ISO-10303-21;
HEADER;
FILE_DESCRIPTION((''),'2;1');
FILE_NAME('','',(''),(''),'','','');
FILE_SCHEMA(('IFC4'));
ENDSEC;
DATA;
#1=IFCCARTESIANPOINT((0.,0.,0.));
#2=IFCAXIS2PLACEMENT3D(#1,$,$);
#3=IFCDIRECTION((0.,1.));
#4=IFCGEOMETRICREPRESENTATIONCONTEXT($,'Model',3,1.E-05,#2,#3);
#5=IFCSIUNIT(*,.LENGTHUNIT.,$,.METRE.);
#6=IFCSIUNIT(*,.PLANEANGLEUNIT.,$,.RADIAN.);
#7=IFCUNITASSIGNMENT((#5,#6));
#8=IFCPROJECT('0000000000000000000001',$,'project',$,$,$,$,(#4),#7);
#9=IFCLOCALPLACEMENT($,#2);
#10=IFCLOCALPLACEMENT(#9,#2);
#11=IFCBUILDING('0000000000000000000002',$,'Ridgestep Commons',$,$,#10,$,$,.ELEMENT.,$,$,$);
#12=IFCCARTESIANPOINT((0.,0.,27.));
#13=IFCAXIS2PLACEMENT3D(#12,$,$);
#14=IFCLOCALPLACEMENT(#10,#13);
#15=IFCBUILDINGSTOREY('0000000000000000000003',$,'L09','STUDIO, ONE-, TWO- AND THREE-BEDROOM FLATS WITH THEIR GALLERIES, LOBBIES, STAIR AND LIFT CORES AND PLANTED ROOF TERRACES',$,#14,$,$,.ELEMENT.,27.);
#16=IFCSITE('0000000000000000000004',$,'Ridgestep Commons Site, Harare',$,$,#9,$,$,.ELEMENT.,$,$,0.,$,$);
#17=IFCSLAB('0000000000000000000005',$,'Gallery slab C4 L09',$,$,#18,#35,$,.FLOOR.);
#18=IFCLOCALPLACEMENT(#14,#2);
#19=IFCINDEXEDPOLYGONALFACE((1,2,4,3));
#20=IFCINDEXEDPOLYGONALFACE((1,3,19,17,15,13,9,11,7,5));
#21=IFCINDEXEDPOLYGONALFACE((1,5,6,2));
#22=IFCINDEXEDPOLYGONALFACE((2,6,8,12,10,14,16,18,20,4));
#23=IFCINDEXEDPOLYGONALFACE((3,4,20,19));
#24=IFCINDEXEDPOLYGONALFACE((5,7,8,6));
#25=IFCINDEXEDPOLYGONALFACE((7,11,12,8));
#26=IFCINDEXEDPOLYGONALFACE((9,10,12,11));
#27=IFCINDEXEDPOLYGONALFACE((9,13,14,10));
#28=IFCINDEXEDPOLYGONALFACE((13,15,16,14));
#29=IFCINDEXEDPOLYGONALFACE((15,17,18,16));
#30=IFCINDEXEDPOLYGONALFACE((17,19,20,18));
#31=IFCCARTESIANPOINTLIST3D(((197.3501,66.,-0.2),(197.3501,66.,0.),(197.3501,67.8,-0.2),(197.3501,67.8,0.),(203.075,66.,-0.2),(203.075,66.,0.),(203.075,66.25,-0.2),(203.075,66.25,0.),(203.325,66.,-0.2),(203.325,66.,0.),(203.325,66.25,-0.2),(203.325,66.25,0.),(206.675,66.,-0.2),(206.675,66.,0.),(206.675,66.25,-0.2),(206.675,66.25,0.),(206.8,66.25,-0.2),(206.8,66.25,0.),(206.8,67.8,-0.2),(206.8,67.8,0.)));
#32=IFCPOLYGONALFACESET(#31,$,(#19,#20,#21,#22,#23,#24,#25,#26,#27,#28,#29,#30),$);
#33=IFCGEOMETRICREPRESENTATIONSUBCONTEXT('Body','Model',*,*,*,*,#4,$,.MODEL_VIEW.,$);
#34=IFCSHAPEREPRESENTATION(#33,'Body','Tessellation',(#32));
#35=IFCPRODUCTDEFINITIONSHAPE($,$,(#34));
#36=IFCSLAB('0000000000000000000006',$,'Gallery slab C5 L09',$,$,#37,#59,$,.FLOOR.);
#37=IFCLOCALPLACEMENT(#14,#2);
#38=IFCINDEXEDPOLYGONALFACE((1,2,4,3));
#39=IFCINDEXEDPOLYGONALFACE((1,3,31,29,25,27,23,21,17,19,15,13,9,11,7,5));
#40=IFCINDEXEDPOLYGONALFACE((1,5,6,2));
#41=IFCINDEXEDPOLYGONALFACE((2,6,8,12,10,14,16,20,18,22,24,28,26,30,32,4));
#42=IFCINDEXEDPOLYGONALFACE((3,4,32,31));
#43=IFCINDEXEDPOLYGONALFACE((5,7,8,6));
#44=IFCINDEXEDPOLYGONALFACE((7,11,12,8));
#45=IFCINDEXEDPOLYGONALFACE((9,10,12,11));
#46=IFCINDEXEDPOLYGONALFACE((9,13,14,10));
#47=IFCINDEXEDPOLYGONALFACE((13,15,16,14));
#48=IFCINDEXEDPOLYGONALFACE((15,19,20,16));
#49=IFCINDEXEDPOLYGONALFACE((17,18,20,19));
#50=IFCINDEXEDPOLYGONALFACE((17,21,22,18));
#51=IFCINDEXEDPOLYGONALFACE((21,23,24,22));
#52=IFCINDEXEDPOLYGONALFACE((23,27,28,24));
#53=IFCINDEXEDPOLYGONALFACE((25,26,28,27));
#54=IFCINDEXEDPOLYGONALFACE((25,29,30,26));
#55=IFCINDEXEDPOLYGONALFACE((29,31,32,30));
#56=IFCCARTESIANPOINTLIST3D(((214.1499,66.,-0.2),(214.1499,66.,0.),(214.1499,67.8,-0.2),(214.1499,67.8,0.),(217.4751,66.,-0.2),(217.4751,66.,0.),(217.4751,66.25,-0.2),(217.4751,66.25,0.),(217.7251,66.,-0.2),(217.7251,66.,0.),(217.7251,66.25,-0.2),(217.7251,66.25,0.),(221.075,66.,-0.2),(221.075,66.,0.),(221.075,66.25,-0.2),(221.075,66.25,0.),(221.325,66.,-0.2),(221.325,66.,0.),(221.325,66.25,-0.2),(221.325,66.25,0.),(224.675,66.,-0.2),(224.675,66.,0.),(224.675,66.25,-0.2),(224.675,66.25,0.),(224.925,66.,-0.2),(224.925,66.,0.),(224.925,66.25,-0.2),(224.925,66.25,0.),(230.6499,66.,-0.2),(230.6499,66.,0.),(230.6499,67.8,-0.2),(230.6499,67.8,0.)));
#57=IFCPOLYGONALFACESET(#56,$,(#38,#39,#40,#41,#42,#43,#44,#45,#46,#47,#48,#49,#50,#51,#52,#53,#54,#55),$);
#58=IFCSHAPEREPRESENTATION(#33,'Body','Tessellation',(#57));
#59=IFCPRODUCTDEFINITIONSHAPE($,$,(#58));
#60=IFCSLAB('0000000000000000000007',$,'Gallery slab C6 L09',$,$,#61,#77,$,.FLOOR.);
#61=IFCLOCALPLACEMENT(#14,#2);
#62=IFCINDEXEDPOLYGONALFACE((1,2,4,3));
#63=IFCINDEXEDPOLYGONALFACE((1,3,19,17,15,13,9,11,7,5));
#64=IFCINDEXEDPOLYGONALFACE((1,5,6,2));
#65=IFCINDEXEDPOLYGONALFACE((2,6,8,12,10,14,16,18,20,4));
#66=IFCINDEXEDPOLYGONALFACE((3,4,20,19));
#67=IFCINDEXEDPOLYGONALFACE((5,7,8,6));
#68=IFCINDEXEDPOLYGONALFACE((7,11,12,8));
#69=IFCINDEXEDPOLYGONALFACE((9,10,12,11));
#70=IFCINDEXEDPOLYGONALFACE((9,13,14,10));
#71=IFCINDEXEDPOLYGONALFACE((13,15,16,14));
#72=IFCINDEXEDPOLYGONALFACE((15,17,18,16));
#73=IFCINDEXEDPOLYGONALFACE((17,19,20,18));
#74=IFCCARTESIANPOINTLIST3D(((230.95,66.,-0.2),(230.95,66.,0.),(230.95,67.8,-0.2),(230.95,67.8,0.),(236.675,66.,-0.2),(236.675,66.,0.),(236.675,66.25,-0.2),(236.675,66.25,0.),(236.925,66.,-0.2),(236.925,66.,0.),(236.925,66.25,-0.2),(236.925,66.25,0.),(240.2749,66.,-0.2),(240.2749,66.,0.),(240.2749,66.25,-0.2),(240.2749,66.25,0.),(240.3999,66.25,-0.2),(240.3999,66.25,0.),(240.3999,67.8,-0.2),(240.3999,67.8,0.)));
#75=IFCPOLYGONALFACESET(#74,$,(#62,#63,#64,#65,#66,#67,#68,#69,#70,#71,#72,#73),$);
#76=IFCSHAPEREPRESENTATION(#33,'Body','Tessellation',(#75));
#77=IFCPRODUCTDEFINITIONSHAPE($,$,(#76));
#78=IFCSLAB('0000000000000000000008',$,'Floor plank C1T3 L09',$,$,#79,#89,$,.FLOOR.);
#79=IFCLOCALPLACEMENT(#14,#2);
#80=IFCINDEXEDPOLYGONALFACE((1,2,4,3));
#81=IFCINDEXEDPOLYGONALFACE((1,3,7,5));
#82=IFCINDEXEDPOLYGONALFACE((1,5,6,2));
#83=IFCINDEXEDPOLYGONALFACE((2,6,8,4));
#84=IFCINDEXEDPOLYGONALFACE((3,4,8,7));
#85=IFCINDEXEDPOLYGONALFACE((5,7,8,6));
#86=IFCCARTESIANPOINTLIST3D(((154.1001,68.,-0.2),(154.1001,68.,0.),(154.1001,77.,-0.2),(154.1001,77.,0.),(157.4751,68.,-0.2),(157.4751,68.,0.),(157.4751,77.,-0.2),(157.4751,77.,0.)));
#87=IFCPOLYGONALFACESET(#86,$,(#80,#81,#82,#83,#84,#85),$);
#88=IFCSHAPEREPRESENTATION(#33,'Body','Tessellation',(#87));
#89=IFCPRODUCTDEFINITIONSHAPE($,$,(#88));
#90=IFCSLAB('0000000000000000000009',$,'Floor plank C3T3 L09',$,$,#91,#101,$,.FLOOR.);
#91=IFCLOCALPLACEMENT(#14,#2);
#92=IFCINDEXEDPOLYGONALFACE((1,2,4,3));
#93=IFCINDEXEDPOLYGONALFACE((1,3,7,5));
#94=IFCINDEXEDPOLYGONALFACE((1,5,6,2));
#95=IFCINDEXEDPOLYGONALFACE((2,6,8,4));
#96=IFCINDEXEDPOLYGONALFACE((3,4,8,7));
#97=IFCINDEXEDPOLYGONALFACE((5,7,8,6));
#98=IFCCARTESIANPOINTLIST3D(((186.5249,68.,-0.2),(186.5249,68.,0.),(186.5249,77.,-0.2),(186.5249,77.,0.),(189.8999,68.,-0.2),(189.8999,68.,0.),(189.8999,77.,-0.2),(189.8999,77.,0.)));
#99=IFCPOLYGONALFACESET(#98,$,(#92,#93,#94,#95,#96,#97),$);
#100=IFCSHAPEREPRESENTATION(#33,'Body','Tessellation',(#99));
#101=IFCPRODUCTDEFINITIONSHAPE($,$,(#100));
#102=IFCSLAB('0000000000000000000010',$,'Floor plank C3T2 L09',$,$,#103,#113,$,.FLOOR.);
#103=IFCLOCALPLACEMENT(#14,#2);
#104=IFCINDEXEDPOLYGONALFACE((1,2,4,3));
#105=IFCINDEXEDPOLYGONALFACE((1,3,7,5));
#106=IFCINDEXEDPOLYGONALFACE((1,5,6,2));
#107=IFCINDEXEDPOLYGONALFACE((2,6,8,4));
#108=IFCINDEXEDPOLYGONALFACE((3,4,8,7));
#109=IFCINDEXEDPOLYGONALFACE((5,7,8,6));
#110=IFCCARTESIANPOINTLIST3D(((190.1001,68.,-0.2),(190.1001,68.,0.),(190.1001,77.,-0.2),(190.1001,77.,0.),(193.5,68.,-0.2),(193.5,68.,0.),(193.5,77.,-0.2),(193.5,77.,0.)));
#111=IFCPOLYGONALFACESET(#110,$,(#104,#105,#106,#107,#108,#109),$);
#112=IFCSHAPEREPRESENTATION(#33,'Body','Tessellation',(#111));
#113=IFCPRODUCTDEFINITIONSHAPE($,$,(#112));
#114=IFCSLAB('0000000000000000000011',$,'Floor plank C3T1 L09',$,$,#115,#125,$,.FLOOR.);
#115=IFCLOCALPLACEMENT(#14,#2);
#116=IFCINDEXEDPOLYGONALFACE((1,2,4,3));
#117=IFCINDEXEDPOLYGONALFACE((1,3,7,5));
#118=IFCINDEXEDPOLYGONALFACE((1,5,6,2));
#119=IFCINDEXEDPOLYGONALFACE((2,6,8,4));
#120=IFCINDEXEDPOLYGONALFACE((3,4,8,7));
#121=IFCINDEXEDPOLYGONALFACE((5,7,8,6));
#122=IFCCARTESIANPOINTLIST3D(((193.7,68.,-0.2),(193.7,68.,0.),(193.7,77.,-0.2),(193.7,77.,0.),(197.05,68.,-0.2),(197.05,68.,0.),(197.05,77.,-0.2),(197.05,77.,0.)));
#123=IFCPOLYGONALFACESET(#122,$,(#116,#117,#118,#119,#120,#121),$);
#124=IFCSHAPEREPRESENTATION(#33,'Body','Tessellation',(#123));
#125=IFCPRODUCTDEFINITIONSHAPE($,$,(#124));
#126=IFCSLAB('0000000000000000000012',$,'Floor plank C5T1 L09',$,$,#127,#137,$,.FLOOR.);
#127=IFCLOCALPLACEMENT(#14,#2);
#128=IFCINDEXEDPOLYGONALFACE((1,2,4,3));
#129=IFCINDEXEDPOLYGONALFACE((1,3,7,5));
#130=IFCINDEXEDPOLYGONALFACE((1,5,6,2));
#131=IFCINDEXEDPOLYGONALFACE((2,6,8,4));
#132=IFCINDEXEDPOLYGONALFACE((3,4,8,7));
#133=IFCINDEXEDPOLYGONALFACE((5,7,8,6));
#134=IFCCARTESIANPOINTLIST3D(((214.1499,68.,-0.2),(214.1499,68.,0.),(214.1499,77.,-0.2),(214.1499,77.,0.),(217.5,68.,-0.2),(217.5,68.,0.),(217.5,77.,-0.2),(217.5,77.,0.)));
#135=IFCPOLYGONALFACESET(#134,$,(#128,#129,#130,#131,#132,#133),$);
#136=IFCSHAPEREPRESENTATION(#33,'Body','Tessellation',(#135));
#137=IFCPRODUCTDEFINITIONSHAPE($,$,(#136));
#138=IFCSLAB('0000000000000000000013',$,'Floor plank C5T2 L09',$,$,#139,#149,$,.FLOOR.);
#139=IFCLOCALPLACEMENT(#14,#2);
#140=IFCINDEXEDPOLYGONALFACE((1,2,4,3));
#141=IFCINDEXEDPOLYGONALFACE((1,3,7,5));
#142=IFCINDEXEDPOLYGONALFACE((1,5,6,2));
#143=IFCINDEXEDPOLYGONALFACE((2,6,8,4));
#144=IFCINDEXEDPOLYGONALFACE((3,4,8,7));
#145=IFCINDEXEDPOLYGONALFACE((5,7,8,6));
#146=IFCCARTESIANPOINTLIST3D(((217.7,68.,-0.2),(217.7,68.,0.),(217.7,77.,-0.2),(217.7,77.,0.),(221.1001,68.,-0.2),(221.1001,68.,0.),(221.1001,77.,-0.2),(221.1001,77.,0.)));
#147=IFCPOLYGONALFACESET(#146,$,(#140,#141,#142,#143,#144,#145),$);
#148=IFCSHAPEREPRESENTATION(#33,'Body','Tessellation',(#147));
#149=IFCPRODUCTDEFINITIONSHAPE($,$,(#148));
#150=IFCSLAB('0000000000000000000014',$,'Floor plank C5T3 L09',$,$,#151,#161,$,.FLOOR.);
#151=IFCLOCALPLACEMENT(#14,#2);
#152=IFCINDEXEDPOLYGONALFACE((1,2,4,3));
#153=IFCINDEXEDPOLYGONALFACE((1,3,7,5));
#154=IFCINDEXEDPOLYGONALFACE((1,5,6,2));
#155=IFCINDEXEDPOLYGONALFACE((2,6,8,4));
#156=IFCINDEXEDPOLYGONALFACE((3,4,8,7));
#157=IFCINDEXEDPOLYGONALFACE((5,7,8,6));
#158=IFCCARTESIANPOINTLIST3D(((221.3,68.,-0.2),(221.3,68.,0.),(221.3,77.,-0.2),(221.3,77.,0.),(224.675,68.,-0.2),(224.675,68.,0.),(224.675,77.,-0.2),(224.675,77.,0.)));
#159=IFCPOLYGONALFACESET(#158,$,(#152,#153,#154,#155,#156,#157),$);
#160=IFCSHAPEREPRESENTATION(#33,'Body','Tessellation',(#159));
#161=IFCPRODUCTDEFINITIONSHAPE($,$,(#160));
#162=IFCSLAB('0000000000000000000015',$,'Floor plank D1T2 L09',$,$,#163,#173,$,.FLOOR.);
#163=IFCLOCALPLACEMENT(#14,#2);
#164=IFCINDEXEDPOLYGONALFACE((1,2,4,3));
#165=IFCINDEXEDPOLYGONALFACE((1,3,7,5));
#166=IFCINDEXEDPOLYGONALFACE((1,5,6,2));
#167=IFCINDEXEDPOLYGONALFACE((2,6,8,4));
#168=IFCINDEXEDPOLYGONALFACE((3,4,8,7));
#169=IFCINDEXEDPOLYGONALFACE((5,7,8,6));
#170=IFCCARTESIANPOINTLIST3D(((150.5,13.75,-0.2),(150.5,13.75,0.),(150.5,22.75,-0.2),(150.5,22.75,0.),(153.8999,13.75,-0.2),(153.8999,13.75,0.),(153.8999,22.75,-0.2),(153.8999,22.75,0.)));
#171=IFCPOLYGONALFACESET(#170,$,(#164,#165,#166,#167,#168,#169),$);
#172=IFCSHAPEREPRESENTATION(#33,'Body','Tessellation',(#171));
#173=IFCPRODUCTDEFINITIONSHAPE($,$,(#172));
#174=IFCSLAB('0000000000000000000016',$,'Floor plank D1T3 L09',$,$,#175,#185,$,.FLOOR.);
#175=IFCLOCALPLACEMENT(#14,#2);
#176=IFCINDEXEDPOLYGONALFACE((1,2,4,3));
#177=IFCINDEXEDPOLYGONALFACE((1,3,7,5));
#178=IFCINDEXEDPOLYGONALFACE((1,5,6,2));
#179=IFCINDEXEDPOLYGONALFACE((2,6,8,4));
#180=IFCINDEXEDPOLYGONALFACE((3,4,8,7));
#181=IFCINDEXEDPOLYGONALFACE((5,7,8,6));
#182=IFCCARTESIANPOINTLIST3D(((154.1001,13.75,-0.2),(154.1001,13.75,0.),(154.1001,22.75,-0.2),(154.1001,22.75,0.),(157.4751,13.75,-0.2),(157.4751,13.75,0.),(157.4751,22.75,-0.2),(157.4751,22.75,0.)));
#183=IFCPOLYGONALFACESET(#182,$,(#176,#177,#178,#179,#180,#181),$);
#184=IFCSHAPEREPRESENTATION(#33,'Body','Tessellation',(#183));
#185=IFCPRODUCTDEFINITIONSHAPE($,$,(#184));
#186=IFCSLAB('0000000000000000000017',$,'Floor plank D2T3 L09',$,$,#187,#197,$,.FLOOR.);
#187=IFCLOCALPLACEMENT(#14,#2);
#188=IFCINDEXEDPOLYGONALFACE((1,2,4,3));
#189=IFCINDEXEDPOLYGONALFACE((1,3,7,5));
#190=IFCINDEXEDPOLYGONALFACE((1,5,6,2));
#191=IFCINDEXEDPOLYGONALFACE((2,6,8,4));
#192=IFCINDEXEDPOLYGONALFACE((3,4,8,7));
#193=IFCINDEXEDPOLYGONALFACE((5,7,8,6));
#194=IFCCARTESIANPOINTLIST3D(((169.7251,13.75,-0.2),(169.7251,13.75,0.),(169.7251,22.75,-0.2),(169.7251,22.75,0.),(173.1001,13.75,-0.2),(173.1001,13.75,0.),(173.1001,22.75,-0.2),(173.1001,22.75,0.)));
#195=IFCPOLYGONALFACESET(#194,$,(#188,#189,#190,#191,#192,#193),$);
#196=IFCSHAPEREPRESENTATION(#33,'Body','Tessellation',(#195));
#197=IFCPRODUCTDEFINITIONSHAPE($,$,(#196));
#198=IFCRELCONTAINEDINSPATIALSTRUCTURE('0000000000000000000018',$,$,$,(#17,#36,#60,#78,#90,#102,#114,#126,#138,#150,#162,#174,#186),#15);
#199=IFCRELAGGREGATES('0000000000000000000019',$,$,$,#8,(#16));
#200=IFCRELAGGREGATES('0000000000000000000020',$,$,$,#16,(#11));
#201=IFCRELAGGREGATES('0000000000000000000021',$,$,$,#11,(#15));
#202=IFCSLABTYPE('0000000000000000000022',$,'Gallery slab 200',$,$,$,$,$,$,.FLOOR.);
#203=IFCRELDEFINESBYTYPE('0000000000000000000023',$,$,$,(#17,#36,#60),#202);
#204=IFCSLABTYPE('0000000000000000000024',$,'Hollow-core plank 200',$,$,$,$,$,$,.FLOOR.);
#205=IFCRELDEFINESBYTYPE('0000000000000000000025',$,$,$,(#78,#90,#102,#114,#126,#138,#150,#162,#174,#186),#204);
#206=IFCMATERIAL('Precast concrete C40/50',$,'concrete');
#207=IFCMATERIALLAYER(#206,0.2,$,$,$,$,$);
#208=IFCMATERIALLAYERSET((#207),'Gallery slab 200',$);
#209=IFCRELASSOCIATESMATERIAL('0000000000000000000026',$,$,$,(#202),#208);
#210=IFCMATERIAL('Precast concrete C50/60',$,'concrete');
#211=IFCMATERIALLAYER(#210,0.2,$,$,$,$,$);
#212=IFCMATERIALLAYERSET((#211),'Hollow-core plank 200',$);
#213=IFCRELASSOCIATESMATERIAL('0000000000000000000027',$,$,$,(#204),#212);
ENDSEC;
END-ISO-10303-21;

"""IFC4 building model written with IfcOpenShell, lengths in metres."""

from ifc_helpers import new_model, si_unit, direction, frame, origin, place, context, subcontext, project, spatial, polyline, outline, extrude, material, layer, layer_set, type_object, element, save


model = new_model("IFC4")

# Units and contexts
model_context = context("Model", 3, precision=1e-05, world=origin(), true_north=direction((0.0, 1.0)))
body_context = subcontext(model_context, "Body", "Model", "MODEL_VIEW")
ifc_project = project(units=[si_unit("LENGTHUNIT", "METRE"), si_unit("PLANEANGLEUNIT", "RADIAN")], contexts=[model_context])

# Site, building, storey
site_placement = place(None, origin())
site = spatial("IfcSite", under=ifc_project, at=site_placement, Name="Ridgestep Commons Site, Harare", CompositionType="ELEMENT", RefElevation=0.0)
building_placement = place(site_placement, origin())
building = spatial("IfcBuilding", under=site, at=building_placement, Name="Ridgestep Commons", CompositionType="ELEMENT")
storey_placement = place(building_placement, frame((0.0, 0.0, 27.0)))
storey = spatial("IfcBuildingStorey", under=building, at=storey_placement, Name="L09", Description="STUDIO, ONE-, TWO- AND THREE-BEDROOM FLATS WITH THEIR GALLERIES, LOBBIES, STAIR AND LIFT CORES AND PLANTED ROOF TERRACES", CompositionType="ELEMENT", Elevation=27.0)

# Slabs
ifc_material_1 = material(Name="Precast concrete C40/50", Category="concrete")
ifc_layer_1 = layer(ifc_material_1, 0.2)
ifc_layer_set_1 = layer_set([ifc_layer_1], Name="Gallery slab 200")
slab_type_1 = type_object("IfcSlabType", Name="Gallery slab 200", PredefinedType="FLOOR", material=ifc_layer_set_1)
slab_1_placement = place(storey_placement, frame((0.0, 0.0, -0.2)))
element("IfcSlab", 1, at=slab_1_placement, inside=storey, type_object=slab_type_1, Name="Gallery slab C4 L09", PredefinedType="FLOOR", context=body_context, shape_type="SweptSolid", body=[
    extrude(outline(polyline([(197.3501, 67.8), (197.3501, 66.0), (203.075, 66.0), (203.075, 66.25), (203.325, 66.25), (203.325, 66.0), (206.675, 66.0), (206.675, 66.25), (206.8, 66.25), (206.8, 67.8), (197.3501, 67.8)])), origin(), (0.0, 0.0, 1.0), 0.2),
])
slab_2_placement = place(storey_placement, frame((0.0, 0.0, -0.2)))
element("IfcSlab", 2, at=slab_2_placement, inside=storey, type_object=slab_type_1, Name="Gallery slab C5 L09", PredefinedType="FLOOR", context=body_context, shape_type="SweptSolid", body=[
    extrude(outline(polyline([(230.6499, 67.8), (214.1499, 67.8), (214.1499, 66.0), (217.4751, 66.0), (217.4751, 66.25), (217.7251, 66.25), (217.7251, 66.0), (221.075, 66.0), (221.075, 66.25), (221.325, 66.25), (221.325, 66.0), (224.675, 66.0), (224.675, 66.25), (224.925, 66.25), (224.925, 66.0), (230.6499, 66.0), (230.6499, 67.8)])), origin(), (0.0, 0.0, 1.0), 0.2),
])
slab_3_placement = place(storey_placement, frame((0.0, 0.0, -0.2)))
element("IfcSlab", 3, at=slab_3_placement, inside=storey, type_object=slab_type_1, Name="Gallery slab C6 L09", PredefinedType="FLOOR", context=body_context, shape_type="SweptSolid", body=[
    extrude(outline(polyline([(230.95, 67.8), (230.95, 66.0), (236.675, 66.0), (236.675, 66.25), (236.925, 66.25), (236.925, 66.0), (240.2749, 66.0), (240.2749, 66.25), (240.3999, 66.25), (240.3999, 67.8), (230.95, 67.8)])), origin(), (0.0, 0.0, 1.0), 0.2),
])
ifc_material_2 = material(Name="Precast concrete C50/60", Category="concrete")
ifc_layer_2 = layer(ifc_material_2, 0.2)
ifc_layer_set_2 = layer_set([ifc_layer_2], Name="Hollow-core plank 200")
slab_type_2 = type_object("IfcSlabType", Name="Hollow-core plank 200", PredefinedType="FLOOR", material=ifc_layer_set_2)
slab_4_placement = place(storey_placement, frame((0.0, 0.0, -0.2)))
element("IfcSlab", 4, at=slab_4_placement, inside=storey, type_object=slab_type_2, Name="Floor plank C1T3 L09", PredefinedType="FLOOR", context=body_context, shape_type="SweptSolid", body=[
    extrude(outline(polyline([(157.4751, 68.0), (157.4751, 77.0), (154.1001, 77.0), (154.1001, 68.0), (157.4751, 68.0)])), origin(), (0.0, 0.0, 1.0), 0.2),
])
slab_5_placement = place(storey_placement, frame((0.0, 0.0, -0.2)))
element("IfcSlab", 5, at=slab_5_placement, inside=storey, type_object=slab_type_2, Name="Floor plank C3T3 L09", PredefinedType="FLOOR", context=body_context, shape_type="SweptSolid", body=[
    extrude(outline(polyline([(189.8999, 68.0), (189.8999, 77.0), (186.5249, 77.0), (186.5249, 68.0), (189.8999, 68.0)])), origin(), (0.0, 0.0, 1.0), 0.2),
])
slab_6_placement = place(storey_placement, frame((0.0, 0.0, -0.2)))
element("IfcSlab", 6, at=slab_6_placement, inside=storey, type_object=slab_type_2, Name="Floor plank C3T2 L09", PredefinedType="FLOOR", context=body_context, shape_type="SweptSolid", body=[
    extrude(outline(polyline([(193.5, 68.0), (193.5, 77.0), (190.1001, 77.0), (190.1001, 68.0), (193.5, 68.0)])), origin(), (0.0, 0.0, 1.0), 0.2),
])
slab_7_placement = place(storey_placement, frame((0.0, 0.0, -0.2)))
element("IfcSlab", 7, at=slab_7_placement, inside=storey, type_object=slab_type_2, Name="Floor plank C3T1 L09", PredefinedType="FLOOR", context=body_context, shape_type="SweptSolid", body=[
    extrude(outline(polyline([(197.05, 68.0), (197.05, 77.0), (193.7, 77.0), (193.7, 68.0), (197.05, 68.0)])), origin(), (0.0, 0.0, 1.0), 0.2),
])
slab_8_placement = place(storey_placement, frame((0.0, 0.0, -0.2)))
element("IfcSlab", 8, at=slab_8_placement, inside=storey, type_object=slab_type_2, Name="Floor plank C5T1 L09", PredefinedType="FLOOR", context=body_context, shape_type="SweptSolid", body=[
    extrude(outline(polyline([(217.5, 68.0), (217.5, 77.0), (214.1499, 77.0), (214.1499, 68.0), (217.5, 68.0)])), origin(), (0.0, 0.0, 1.0), 0.2),
])
slab_9_placement = place(storey_placement, frame((0.0, 0.0, -0.2)))
element("IfcSlab", 9, at=slab_9_placement, inside=storey, type_object=slab_type_2, Name="Floor plank C5T2 L09", PredefinedType="FLOOR", context=body_context, shape_type="SweptSolid", body=[
    extrude(outline(polyline([(221.1001, 68.0), (221.1001, 77.0), (217.7, 77.0), (217.7, 68.0), (221.1001, 68.0)])), origin(), (0.0, 0.0, 1.0), 0.2),
])
slab_10_placement = place(storey_placement, frame((0.0, 0.0, -0.2)))
element("IfcSlab", 10, at=slab_10_placement, inside=storey, type_object=slab_type_2, Name="Floor plank C5T3 L09", PredefinedType="FLOOR", context=body_context, shape_type="SweptSolid", body=[
    extrude(outline(polyline([(224.675, 68.0), (224.675, 77.0), (221.3, 77.0), (221.3, 68.0), (224.675, 68.0)])), origin(), (0.0, 0.0, 1.0), 0.2),
])
slab_11_placement = place(storey_placement, frame((0.0, 0.0, -0.2)))
element("IfcSlab", 11, at=slab_11_placement, inside=storey, type_object=slab_type_2, Name="Floor plank D1T2 L09", PredefinedType="FLOOR", context=body_context, shape_type="SweptSolid", body=[
    extrude(outline(polyline([(153.8999, 13.75), (153.8999, 22.75), (150.5, 22.75), (150.5, 13.75), (153.8999, 13.75)])), origin(), (0.0, 0.0, 1.0), 0.2),
])
slab_12_placement = place(storey_placement, frame((0.0, 0.0, -0.2)))
element("IfcSlab", 12, at=slab_12_placement, inside=storey, type_object=slab_type_2, Name="Floor plank D1T3 L09", PredefinedType="FLOOR", context=body_context, shape_type="SweptSolid", body=[
    extrude(outline(polyline([(157.4751, 13.75), (157.4751, 22.75), (154.1001, 22.75), (154.1001, 13.75), (157.4751, 13.75)])), origin(), (0.0, 0.0, 1.0), 0.2),
])
slab_13_placement = place(storey_placement, frame((0.0, 0.0, -0.2)))
element("IfcSlab", 13, at=slab_13_placement, inside=storey, type_object=slab_type_2, Name="Floor plank D2T3 L09", PredefinedType="FLOOR", context=body_context, shape_type="SweptSolid", body=[
    extrude(outline(polyline([(173.1001, 13.75), (173.1001, 22.75), (169.7251, 22.75), (169.7251, 13.75), (173.1001, 13.75)])), origin(), (0.0, 0.0, 1.0), 0.2),
])

save(model, "model.ifc")
